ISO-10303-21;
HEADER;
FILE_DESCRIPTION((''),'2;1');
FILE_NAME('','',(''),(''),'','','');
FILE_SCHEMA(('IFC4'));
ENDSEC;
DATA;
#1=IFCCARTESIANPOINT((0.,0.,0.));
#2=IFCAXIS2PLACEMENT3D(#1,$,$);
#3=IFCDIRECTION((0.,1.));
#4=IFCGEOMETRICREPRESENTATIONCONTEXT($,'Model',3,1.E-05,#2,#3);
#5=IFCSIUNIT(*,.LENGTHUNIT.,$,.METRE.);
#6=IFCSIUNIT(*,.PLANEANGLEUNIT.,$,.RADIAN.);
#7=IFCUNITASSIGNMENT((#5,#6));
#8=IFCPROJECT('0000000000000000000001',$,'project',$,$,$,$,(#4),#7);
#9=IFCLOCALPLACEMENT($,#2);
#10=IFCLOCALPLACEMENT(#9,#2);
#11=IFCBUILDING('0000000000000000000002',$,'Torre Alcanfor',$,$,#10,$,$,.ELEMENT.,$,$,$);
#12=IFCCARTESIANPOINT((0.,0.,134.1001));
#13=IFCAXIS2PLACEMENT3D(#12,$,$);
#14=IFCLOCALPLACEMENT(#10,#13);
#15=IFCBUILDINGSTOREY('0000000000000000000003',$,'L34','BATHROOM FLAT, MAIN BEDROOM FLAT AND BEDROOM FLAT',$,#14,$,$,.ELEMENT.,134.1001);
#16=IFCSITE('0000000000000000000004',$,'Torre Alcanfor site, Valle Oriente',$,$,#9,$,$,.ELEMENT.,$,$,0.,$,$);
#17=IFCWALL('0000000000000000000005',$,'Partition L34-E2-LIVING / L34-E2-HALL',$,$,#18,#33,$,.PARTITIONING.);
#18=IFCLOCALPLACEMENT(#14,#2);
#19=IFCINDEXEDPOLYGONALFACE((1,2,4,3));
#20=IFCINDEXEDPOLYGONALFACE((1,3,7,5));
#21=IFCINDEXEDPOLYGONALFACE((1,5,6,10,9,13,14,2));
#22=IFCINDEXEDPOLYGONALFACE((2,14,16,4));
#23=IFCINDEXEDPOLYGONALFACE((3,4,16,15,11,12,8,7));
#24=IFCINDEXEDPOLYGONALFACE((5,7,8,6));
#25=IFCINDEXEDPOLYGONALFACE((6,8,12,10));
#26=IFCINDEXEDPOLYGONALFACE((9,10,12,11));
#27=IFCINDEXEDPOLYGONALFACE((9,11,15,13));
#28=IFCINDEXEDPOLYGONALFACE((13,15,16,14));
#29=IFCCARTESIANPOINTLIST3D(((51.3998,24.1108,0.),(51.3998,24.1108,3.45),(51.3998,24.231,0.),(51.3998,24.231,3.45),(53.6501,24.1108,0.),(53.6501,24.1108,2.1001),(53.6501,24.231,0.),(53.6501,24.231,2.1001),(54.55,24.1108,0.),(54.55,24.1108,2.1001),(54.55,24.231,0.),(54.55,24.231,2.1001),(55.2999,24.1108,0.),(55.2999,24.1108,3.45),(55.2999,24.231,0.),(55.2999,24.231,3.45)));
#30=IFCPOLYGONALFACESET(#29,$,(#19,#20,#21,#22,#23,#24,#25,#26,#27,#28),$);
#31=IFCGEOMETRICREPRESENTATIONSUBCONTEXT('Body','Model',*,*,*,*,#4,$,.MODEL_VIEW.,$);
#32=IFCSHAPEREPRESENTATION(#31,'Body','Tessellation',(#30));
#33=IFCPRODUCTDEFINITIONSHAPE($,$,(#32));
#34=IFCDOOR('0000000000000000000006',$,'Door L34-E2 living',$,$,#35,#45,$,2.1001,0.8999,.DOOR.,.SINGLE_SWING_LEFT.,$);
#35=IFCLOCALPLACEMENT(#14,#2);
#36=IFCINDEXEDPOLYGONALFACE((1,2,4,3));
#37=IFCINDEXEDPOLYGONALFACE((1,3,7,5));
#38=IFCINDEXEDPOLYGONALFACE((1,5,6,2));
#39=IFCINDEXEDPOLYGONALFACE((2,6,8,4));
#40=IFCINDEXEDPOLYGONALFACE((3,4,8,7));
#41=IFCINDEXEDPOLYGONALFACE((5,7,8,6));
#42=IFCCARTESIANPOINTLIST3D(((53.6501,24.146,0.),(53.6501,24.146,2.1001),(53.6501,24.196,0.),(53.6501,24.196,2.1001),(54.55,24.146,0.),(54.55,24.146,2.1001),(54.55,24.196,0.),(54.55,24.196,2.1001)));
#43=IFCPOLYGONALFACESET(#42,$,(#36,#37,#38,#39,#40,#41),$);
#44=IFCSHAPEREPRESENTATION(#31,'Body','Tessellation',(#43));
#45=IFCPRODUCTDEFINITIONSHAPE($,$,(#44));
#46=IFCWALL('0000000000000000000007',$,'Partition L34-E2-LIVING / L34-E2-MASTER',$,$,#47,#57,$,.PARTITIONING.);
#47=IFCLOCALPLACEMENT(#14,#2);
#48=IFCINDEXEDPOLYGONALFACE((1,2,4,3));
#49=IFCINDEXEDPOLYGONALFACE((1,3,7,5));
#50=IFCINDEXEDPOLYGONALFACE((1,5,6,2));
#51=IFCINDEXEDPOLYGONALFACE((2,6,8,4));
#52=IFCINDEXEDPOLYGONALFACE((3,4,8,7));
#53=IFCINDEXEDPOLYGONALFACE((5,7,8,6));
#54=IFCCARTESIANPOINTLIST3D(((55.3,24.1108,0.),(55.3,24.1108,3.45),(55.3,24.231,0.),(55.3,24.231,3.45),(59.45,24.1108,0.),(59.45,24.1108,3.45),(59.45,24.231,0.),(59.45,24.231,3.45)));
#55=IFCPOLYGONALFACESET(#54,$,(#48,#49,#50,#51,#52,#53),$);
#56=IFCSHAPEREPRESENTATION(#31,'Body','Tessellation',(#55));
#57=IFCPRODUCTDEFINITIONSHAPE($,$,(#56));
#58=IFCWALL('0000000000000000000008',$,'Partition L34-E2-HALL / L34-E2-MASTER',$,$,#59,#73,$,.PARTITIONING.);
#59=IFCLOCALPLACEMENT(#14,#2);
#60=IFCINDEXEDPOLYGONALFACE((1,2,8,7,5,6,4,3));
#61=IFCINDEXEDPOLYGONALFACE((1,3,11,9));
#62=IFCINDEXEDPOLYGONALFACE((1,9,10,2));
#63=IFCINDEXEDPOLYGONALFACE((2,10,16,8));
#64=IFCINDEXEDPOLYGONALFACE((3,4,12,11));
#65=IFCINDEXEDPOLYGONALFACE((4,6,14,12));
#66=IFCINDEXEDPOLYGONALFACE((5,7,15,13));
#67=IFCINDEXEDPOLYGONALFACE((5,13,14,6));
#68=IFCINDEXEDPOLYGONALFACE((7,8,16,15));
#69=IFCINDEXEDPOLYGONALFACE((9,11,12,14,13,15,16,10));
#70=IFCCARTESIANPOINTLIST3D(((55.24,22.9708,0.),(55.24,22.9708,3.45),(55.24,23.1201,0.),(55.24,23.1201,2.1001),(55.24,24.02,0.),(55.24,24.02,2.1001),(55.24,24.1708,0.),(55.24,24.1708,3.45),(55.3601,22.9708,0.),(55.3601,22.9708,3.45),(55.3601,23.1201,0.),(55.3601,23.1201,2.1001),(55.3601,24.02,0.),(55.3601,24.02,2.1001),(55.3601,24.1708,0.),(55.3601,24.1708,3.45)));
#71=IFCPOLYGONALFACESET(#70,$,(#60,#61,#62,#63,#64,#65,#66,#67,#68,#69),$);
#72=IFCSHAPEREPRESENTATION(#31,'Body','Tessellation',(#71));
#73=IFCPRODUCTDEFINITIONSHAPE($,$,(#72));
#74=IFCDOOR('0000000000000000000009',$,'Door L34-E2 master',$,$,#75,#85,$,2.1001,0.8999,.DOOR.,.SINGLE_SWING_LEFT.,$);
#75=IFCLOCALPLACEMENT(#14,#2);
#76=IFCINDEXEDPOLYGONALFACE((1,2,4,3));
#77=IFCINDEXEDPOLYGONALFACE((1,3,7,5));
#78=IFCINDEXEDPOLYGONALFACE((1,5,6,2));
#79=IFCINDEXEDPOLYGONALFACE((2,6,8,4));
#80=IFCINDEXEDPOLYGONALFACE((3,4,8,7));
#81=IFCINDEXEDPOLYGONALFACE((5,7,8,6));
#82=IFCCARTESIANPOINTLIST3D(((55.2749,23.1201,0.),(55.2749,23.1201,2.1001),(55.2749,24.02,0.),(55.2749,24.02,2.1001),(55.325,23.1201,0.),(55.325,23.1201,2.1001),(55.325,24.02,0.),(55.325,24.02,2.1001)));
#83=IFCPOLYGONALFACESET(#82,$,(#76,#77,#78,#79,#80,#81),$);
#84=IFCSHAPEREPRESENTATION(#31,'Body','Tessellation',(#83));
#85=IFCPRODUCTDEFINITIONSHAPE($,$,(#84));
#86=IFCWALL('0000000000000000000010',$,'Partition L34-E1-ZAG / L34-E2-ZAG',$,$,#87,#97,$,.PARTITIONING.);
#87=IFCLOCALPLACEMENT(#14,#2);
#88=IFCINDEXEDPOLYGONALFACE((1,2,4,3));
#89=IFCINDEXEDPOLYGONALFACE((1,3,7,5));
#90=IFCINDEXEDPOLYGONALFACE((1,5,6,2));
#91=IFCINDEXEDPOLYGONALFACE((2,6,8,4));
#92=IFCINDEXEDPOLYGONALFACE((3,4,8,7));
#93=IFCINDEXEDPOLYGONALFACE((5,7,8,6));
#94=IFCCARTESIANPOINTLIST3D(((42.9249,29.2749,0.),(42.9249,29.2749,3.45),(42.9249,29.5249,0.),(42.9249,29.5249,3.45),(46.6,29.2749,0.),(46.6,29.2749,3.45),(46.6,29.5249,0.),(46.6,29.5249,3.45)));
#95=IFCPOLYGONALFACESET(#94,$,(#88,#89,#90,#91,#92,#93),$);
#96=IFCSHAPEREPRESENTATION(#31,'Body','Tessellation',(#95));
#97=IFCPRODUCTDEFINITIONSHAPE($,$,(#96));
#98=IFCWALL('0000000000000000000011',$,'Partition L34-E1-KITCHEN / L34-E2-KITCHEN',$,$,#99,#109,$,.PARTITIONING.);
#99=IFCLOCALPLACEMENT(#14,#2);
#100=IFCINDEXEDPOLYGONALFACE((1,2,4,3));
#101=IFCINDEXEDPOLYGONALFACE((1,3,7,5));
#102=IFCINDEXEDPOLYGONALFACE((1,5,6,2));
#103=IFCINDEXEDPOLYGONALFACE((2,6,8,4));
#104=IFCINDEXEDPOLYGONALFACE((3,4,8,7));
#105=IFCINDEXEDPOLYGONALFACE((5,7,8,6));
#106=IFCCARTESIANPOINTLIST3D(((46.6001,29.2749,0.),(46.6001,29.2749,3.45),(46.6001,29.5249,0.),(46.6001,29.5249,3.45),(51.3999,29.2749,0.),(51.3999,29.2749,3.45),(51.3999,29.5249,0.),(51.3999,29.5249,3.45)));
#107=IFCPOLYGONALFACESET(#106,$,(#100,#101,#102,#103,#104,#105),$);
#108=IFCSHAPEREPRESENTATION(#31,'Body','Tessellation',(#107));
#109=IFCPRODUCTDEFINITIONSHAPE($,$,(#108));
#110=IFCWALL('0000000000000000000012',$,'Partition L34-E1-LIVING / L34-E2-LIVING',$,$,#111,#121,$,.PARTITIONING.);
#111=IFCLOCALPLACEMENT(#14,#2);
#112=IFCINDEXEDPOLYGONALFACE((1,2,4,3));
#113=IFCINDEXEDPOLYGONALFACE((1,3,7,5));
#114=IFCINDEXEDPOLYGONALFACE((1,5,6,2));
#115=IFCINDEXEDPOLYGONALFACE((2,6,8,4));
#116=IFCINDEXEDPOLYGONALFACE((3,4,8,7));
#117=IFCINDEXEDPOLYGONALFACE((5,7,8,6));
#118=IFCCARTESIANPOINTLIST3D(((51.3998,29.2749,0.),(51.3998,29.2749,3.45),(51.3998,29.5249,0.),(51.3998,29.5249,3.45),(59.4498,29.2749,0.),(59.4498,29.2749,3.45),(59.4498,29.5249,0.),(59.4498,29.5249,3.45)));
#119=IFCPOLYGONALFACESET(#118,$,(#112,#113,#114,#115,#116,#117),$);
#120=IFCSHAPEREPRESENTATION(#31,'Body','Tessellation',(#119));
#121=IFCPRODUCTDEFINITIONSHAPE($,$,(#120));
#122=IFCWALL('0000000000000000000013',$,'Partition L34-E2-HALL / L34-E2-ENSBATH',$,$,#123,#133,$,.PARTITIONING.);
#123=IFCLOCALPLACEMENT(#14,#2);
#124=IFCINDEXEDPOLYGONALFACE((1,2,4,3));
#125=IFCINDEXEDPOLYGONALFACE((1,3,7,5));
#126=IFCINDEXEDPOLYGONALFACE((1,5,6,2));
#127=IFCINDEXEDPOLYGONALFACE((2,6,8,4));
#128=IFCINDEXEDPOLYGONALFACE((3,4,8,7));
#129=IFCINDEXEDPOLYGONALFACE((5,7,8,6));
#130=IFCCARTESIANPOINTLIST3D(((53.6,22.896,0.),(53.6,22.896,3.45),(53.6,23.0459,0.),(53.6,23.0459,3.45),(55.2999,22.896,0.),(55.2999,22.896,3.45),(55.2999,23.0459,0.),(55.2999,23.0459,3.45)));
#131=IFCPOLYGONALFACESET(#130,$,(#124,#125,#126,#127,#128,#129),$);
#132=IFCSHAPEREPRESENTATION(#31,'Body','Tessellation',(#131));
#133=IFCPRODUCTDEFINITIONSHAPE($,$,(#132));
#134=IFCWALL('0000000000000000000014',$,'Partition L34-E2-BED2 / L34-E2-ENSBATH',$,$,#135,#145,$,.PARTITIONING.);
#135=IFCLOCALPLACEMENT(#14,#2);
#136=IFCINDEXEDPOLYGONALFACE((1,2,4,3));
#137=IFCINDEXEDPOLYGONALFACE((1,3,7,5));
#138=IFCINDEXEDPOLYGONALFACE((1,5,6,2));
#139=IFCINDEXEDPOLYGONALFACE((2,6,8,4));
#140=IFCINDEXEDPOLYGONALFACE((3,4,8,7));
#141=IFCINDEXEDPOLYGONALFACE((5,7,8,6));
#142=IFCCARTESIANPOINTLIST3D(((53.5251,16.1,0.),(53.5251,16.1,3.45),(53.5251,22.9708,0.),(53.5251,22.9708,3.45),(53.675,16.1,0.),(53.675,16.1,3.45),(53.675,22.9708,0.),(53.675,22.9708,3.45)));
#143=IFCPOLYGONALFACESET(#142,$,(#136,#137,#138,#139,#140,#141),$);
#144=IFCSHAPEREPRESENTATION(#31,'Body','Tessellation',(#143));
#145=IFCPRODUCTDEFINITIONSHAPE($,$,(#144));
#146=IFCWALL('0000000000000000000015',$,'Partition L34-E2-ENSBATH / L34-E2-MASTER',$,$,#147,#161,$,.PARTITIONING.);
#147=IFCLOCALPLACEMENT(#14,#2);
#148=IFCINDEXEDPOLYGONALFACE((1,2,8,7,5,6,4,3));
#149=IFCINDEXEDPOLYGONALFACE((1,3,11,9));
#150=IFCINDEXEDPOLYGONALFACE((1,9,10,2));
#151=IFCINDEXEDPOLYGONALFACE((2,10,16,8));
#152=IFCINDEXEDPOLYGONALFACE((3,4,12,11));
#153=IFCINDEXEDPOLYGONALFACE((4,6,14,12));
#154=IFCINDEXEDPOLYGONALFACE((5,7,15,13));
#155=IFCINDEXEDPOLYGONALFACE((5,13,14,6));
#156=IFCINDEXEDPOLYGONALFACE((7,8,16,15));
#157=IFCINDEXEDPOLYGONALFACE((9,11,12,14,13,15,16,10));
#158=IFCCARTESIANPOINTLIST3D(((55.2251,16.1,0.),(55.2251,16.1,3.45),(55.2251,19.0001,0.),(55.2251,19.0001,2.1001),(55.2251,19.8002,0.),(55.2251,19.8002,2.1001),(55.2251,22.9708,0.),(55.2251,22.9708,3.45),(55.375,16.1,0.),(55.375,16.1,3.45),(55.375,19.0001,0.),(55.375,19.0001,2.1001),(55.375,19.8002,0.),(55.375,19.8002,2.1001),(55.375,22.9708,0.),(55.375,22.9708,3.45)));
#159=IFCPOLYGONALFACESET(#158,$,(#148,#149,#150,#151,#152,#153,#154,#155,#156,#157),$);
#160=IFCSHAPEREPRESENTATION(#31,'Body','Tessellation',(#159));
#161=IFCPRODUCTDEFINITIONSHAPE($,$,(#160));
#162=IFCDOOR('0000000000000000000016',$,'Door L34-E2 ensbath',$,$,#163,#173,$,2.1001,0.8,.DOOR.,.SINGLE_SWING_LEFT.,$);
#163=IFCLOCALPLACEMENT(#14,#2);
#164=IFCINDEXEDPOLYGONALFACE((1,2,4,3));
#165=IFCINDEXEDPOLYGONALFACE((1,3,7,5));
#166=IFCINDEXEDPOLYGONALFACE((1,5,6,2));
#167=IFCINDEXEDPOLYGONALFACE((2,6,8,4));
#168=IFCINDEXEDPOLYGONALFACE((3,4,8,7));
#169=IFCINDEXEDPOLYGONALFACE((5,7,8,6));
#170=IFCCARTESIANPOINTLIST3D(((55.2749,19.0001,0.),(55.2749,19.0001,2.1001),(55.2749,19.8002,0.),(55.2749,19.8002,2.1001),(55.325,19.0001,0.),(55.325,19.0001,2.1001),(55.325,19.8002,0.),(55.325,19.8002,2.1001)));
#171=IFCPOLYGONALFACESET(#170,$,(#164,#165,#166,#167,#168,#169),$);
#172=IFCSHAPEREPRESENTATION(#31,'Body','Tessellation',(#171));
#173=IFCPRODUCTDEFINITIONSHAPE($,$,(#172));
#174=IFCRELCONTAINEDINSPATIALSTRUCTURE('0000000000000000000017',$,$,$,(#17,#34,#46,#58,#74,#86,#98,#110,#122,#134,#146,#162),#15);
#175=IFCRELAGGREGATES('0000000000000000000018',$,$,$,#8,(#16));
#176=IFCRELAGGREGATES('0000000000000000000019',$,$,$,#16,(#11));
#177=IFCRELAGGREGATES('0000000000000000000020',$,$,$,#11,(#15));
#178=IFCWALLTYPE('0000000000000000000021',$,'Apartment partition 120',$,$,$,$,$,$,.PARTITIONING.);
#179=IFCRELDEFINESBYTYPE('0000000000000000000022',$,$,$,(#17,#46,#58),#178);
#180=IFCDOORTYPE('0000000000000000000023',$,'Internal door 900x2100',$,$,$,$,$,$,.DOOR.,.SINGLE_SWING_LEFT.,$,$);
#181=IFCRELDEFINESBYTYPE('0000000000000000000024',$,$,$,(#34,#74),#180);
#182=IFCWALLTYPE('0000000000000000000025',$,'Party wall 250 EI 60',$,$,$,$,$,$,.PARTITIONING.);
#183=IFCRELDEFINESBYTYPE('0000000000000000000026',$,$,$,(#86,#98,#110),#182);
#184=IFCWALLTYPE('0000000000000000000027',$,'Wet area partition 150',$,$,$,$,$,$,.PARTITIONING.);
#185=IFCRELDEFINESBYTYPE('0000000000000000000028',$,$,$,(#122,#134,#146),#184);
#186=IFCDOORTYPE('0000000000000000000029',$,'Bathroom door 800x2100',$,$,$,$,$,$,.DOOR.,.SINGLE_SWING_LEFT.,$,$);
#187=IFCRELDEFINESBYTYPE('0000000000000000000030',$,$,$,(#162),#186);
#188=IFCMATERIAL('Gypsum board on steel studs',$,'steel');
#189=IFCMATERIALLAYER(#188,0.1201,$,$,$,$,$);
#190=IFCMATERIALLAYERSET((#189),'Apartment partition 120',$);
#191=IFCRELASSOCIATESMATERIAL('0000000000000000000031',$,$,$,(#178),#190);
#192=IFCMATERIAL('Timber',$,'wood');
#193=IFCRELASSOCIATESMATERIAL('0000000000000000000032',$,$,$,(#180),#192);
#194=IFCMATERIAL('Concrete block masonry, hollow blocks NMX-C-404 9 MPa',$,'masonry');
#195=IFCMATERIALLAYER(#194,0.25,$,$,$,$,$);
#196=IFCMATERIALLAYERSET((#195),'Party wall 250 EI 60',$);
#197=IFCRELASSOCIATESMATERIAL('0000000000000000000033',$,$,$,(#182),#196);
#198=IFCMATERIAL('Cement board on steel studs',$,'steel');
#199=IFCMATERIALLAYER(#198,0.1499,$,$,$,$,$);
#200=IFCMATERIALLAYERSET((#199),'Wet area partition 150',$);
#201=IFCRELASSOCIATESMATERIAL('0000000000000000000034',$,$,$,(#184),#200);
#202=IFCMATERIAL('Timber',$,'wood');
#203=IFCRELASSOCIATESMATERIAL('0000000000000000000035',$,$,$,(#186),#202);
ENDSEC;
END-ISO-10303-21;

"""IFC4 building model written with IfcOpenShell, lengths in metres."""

from ifc_helpers import new_model, si_unit, direction, frame, frame_2d, origin, place, context, subcontext, project, spatial, rectangle, extrude, material, layer, layer_set, type_object, element, fill, save


model = new_model("IFC4")

# Units and contexts
model_context = context("Model", 3, precision=1e-05, world=origin(), true_north=direction((0.0, 1.0)))
body_context = subcontext(model_context, "Body", "Model", "MODEL_VIEW")
ifc_project = project(units=[si_unit("LENGTHUNIT", "METRE"), si_unit("PLANEANGLEUNIT", "RADIAN")], contexts=[model_context])

# Site, building, storey
site_placement = place(None, origin())
site = spatial("IfcSite", under=ifc_project, at=site_placement, Name="Torre Alcanfor site, Valle Oriente", CompositionType="ELEMENT", RefElevation=0.0)
building_placement = place(site_placement, origin())
building = spatial("IfcBuilding", under=site, at=building_placement, Name="Torre Alcanfor", CompositionType="ELEMENT")
storey_placement = place(building_placement, frame((0.0, 0.0, 134.1001)))
storey = spatial("IfcBuildingStorey", under=building, at=storey_placement, Name="L34", Description="BATHROOM FLAT, MAIN BEDROOM FLAT AND BEDROOM FLAT", CompositionType="ELEMENT", Elevation=134.1001)

# Shared definitions
ifc_material_1 = material(Name="Gypsum board on steel studs", Category="steel")
ifc_layer_1 = layer(ifc_material_1, 0.1201)
ifc_layer_set_1 = layer_set([ifc_layer_1], Name="Apartment partition 120")
wall_type_1 = type_object("IfcWallType", Name="Apartment partition 120", PredefinedType="PARTITIONING", material=ifc_layer_set_1)
ifc_material_2 = material(Name="Timber", Category="wood")
door_type_1 = type_object("IfcDoorType", Name="Internal door 900x2100", OperationType="SINGLE_SWING_LEFT", PredefinedType="DOOR", material=ifc_material_2)

# Wall, opening, door
wall_1_placement = place(storey_placement, frame((55.3, 24.1709, 0.0), z_axis=(0.0, 0.0, 1.0), x_axis=(-1.0, 0.0, 0.0)))
wall_1 = element("IfcWall", 1, at=wall_1_placement, inside=storey, type_object=wall_type_1, Name="Partition L34-E2-LIVING / L34-E2-HALL", PredefinedType="PARTITIONING", context=body_context, shape_type="SweptSolid", body=[
    extrude(rectangle(XDim=3.9001, YDim=0.1201, at=frame_2d((1.9502, 0.0))), origin(), (0.0, 0.0, 1.0), 3.45),
])
opening_1_placement = place(wall_1_placement, frame((0.75, 0.0, 0.0)))
opening_1 = element("IfcOpeningElement", 2, at=opening_1_placement, cuts=wall_1, PredefinedType="OPENING", context=body_context, shape_type="SweptSolid", body=[
    extrude(rectangle(XDim=0.8999, YDim=2.1001, at=frame_2d((0.45, 1.05))), frame((0.0, 0.0701, 0.0), z_axis=(0.0, -1.0, 0.0), x_axis=(1.0, 0.0, 0.0)), (0.0, 0.0, 1.0), 0.1401),
])
door_1_placement = place(opening_1_placement, frame((0.8999, 0.0, 0.0), z_axis=(0.0, 0.0, 1.0), x_axis=(-1.0, 0.0, 0.0)))
door_1 = element("IfcDoor", 3, at=door_1_placement, inside=storey, type_object=door_type_1, Name="Door L34-E2 living", OperationType="SINGLE_SWING_LEFT", OverallHeight=2.1001, OverallWidth=0.8999, PredefinedType="DOOR", context=body_context, shape_type="SweptSolid", body=[
    extrude(rectangle(XDim=0.8999, YDim=2.1001, at=frame_2d((0.45, 1.05))), frame((0.0, 0.0251, 0.0), z_axis=(0.0, -1.0, 0.0), x_axis=(1.0, 0.0, 0.0)), (0.0, 0.0, 1.0), 0.05),
])
fill(opening_1, door_1)

# Wall
wall_2_placement = place(storey_placement, frame((59.45, 24.1709, 0.0), z_axis=(0.0, 0.0, 1.0), x_axis=(-1.0, 0.0, 0.0)))
element("IfcWall", 4, at=wall_2_placement, inside=storey, type_object=wall_type_1, Name="Partition L34-E2-LIVING / L34-E2-MASTER", PredefinedType="PARTITIONING", context=body_context, shape_type="SweptSolid", body=[
    extrude(rectangle(XDim=4.1499, YDim=0.1201, at=frame_2d((2.075, 0.0))), origin(), (0.0, 0.0, 1.0), 3.45),
])

# Wall, opening, door
wall_3_placement = place(storey_placement, frame((55.3, 24.1709, 0.0), z_axis=(0.0, 0.0, 1.0), x_axis=(0.0, -1.0, 0.0)))
wall_3 = element("IfcWall", 5, at=wall_3_placement, inside=storey, type_object=wall_type_1, Name="Partition L34-E2-HALL / L34-E2-MASTER", PredefinedType="PARTITIONING", context=body_context, shape_type="SweptSolid", body=[
    extrude(rectangle(XDim=1.2, YDim=0.1201, at=frame_2d((0.6001, 0.0))), origin(), (0.0, 0.0, 1.0), 3.45),
])
opening_2_placement = place(wall_3_placement, frame((0.1509, 0.0, 0.0)))
opening_2 = element("IfcOpeningElement", 6, at=opening_2_placement, cuts=wall_3, PredefinedType="OPENING", context=body_context, shape_type="SweptSolid", body=[
    extrude(rectangle(XDim=0.8999, YDim=2.1001, at=frame_2d((0.45, 1.05))), frame((0.0, 0.0701, 0.0), z_axis=(0.0, -1.0, 0.0), x_axis=(1.0, 0.0, 0.0)), (0.0, 0.0, 1.0), 0.1401),
])
door_2_placement = place(opening_2_placement, origin())
door_2 = element("IfcDoor", 7, at=door_2_placement, inside=storey, type_object=door_type_1, Name="Door L34-E2 master", OperationType="SINGLE_SWING_LEFT", OverallHeight=2.1001, OverallWidth=0.8999, PredefinedType="DOOR", context=body_context, shape_type="SweptSolid", body=[
    extrude(rectangle(XDim=0.8999, YDim=2.1001, at=frame_2d((0.45, 1.05))), frame((0.0, 0.0249, 0.0), z_axis=(0.0, -1.0, 0.0), x_axis=(1.0, 0.0, 0.0)), (0.0, 0.0, 1.0), 0.05),
])
fill(opening_2, door_2)

# Walls
ifc_material_3 = material(Name="Concrete block masonry, hollow blocks NMX-C-404 9 MPa", Category="masonry")
ifc_layer_2 = layer(ifc_material_3, 0.25)
ifc_layer_set_2 = layer_set([ifc_layer_2], Name="Party wall 250 EI 60")
wall_type_2 = type_object("IfcWallType", Name="Party wall 250 EI 60", PredefinedType="PARTITIONING", material=ifc_layer_set_2)
wall_4_placement = place(storey_placement, frame((42.925, 29.3999, 0.0), z_axis=(0.0, 0.0, 1.0), x_axis=(1.0, 0.0, 0.0)))
element("IfcWall", 8, at=wall_4_placement, inside=storey, type_object=wall_type_2, Name="Partition L34-E1-ZAG / L34-E2-ZAG", PredefinedType="PARTITIONING", context=body_context, shape_type="SweptSolid", body=[
    extrude(rectangle(XDim=3.675, YDim=0.25, at=frame_2d((1.8374, 0.0))), origin(), (0.0, 0.0, 1.0), 3.45),
])
wall_5_placement = place(storey_placement, frame((46.6001, 29.3999, 0.0), z_axis=(0.0, 0.0, 1.0), x_axis=(1.0, 0.0, 0.0)))
element("IfcWall", 9, at=wall_5_placement, inside=storey, type_object=wall_type_2, Name="Partition L34-E1-KITCHEN / L34-E2-KITCHEN", PredefinedType="PARTITIONING", context=body_context, shape_type="SweptSolid", body=[
    extrude(rectangle(XDim=4.7998, YDim=0.25, at=frame_2d((2.3999, 0.0))), origin(), (0.0, 0.0, 1.0), 3.45),
])
wall_6_placement = place(storey_placement, frame((51.3999, 29.3999, 0.0), z_axis=(0.0, 0.0, 1.0), x_axis=(1.0, 0.0, 0.0)))
element("IfcWall", 10, at=wall_6_placement, inside=storey, type_object=wall_type_2, Name="Partition L34-E1-LIVING / L34-E2-LIVING", PredefinedType="PARTITIONING", context=body_context, shape_type="SweptSolid", body=[
    extrude(rectangle(XDim=8.05, YDim=0.25, at=frame_2d((4.0249, 0.0))), origin(), (0.0, 0.0, 1.0), 3.45),
])
ifc_material_4 = material(Name="Cement board on steel studs", Category="steel")
ifc_layer_3 = layer(ifc_material_4, 0.1499)
ifc_layer_set_3 = layer_set([ifc_layer_3], Name="Wet area partition 150")
wall_type_3 = type_object("IfcWallType", Name="Wet area partition 150", PredefinedType="PARTITIONING", material=ifc_layer_set_3)
wall_7_placement = place(storey_placement, frame((55.3, 22.9709, 0.0), z_axis=(0.0, 0.0, 1.0), x_axis=(-1.0, 0.0, 0.0)))
element("IfcWall", 11, at=wall_7_placement, inside=storey, type_object=wall_type_3, Name="Partition L34-E2-HALL / L34-E2-ENSBATH", PredefinedType="PARTITIONING", context=body_context, shape_type="SweptSolid", body=[
    extrude(rectangle(XDim=1.7, YDim=0.1499, at=frame_2d((0.8501, 0.0))), origin(), (0.0, 0.0, 1.0), 3.45),
])
wall_8_placement = place(storey_placement, frame((53.6001, 22.9709, 0.0), z_axis=(0.0, 0.0, 1.0), x_axis=(0.0, -1.0, 0.0)))
element("IfcWall", 12, at=wall_8_placement, inside=storey, type_object=wall_type_3, Name="Partition L34-E2-BED2 / L34-E2-ENSBATH", PredefinedType="PARTITIONING", context=body_context, shape_type="SweptSolid", body=[
    extrude(rectangle(XDim=6.8708, YDim=0.1499, at=frame_2d((3.4355, 0.0))), origin(), (0.0, 0.0, 1.0), 3.45),
])

# Wall, opening, door
wall_9_placement = place(storey_placement, frame((55.3, 22.9709, 0.0), z_axis=(0.0, 0.0, 1.0), x_axis=(0.0, -1.0, 0.0)))
wall_9 = element("IfcWall", 13, at=wall_9_placement, inside=storey, type_object=wall_type_3, Name="Partition L34-E2-ENSBATH / L34-E2-MASTER", PredefinedType="PARTITIONING", context=body_context, shape_type="SweptSolid", body=[
    extrude(rectangle(XDim=6.8708, YDim=0.1499, at=frame_2d((3.4355, 0.0))), origin(), (0.0, 0.0, 1.0), 3.45),
])
opening_3_placement = place(wall_9_placement, frame((3.1709, 0.0, 0.0)))
opening_3 = element("IfcOpeningElement", 14, at=opening_3_placement, cuts=wall_9, PredefinedType="OPENING", context=body_context, shape_type="SweptSolid", body=[
    extrude(rectangle(XDim=0.8, YDim=2.1001, at=frame_2d((0.3999, 1.05))), frame((0.0, 0.085, 0.0), z_axis=(0.0, -1.0, 0.0), x_axis=(1.0, 0.0, 0.0)), (0.0, 0.0, 1.0), 0.1699),
])
ifc_material_5 = material(Name="Timber", Category="wood")
door_type_2 = type_object("IfcDoorType", Name="Bathroom door 800x2100", OperationType="SINGLE_SWING_LEFT", PredefinedType="DOOR", material=ifc_material_5)
door_3_placement = place(opening_3_placement, frame((0.8, 0.0, 0.0), z_axis=(0.0, 0.0, 1.0), x_axis=(-1.0, 0.0, 0.0)))
door_3 = element("IfcDoor", 15, at=door_3_placement, inside=storey, type_object=door_type_2, Name="Door L34-E2 ensbath", OperationType="SINGLE_SWING_LEFT", OverallHeight=2.1001, OverallWidth=0.8, PredefinedType="DOOR", context=body_context, shape_type="SweptSolid", body=[
    extrude(rectangle(XDim=0.8, YDim=2.1001, at=frame_2d((0.4001, 1.05))), frame((0.0, 0.0251, 0.0), z_axis=(0.0, -1.0, 0.0), x_axis=(1.0, 0.0, 0.0)), (0.0, 0.0, 1.0), 0.05),
])
fill(opening_3, door_3)

save(model, "model.ifc")
